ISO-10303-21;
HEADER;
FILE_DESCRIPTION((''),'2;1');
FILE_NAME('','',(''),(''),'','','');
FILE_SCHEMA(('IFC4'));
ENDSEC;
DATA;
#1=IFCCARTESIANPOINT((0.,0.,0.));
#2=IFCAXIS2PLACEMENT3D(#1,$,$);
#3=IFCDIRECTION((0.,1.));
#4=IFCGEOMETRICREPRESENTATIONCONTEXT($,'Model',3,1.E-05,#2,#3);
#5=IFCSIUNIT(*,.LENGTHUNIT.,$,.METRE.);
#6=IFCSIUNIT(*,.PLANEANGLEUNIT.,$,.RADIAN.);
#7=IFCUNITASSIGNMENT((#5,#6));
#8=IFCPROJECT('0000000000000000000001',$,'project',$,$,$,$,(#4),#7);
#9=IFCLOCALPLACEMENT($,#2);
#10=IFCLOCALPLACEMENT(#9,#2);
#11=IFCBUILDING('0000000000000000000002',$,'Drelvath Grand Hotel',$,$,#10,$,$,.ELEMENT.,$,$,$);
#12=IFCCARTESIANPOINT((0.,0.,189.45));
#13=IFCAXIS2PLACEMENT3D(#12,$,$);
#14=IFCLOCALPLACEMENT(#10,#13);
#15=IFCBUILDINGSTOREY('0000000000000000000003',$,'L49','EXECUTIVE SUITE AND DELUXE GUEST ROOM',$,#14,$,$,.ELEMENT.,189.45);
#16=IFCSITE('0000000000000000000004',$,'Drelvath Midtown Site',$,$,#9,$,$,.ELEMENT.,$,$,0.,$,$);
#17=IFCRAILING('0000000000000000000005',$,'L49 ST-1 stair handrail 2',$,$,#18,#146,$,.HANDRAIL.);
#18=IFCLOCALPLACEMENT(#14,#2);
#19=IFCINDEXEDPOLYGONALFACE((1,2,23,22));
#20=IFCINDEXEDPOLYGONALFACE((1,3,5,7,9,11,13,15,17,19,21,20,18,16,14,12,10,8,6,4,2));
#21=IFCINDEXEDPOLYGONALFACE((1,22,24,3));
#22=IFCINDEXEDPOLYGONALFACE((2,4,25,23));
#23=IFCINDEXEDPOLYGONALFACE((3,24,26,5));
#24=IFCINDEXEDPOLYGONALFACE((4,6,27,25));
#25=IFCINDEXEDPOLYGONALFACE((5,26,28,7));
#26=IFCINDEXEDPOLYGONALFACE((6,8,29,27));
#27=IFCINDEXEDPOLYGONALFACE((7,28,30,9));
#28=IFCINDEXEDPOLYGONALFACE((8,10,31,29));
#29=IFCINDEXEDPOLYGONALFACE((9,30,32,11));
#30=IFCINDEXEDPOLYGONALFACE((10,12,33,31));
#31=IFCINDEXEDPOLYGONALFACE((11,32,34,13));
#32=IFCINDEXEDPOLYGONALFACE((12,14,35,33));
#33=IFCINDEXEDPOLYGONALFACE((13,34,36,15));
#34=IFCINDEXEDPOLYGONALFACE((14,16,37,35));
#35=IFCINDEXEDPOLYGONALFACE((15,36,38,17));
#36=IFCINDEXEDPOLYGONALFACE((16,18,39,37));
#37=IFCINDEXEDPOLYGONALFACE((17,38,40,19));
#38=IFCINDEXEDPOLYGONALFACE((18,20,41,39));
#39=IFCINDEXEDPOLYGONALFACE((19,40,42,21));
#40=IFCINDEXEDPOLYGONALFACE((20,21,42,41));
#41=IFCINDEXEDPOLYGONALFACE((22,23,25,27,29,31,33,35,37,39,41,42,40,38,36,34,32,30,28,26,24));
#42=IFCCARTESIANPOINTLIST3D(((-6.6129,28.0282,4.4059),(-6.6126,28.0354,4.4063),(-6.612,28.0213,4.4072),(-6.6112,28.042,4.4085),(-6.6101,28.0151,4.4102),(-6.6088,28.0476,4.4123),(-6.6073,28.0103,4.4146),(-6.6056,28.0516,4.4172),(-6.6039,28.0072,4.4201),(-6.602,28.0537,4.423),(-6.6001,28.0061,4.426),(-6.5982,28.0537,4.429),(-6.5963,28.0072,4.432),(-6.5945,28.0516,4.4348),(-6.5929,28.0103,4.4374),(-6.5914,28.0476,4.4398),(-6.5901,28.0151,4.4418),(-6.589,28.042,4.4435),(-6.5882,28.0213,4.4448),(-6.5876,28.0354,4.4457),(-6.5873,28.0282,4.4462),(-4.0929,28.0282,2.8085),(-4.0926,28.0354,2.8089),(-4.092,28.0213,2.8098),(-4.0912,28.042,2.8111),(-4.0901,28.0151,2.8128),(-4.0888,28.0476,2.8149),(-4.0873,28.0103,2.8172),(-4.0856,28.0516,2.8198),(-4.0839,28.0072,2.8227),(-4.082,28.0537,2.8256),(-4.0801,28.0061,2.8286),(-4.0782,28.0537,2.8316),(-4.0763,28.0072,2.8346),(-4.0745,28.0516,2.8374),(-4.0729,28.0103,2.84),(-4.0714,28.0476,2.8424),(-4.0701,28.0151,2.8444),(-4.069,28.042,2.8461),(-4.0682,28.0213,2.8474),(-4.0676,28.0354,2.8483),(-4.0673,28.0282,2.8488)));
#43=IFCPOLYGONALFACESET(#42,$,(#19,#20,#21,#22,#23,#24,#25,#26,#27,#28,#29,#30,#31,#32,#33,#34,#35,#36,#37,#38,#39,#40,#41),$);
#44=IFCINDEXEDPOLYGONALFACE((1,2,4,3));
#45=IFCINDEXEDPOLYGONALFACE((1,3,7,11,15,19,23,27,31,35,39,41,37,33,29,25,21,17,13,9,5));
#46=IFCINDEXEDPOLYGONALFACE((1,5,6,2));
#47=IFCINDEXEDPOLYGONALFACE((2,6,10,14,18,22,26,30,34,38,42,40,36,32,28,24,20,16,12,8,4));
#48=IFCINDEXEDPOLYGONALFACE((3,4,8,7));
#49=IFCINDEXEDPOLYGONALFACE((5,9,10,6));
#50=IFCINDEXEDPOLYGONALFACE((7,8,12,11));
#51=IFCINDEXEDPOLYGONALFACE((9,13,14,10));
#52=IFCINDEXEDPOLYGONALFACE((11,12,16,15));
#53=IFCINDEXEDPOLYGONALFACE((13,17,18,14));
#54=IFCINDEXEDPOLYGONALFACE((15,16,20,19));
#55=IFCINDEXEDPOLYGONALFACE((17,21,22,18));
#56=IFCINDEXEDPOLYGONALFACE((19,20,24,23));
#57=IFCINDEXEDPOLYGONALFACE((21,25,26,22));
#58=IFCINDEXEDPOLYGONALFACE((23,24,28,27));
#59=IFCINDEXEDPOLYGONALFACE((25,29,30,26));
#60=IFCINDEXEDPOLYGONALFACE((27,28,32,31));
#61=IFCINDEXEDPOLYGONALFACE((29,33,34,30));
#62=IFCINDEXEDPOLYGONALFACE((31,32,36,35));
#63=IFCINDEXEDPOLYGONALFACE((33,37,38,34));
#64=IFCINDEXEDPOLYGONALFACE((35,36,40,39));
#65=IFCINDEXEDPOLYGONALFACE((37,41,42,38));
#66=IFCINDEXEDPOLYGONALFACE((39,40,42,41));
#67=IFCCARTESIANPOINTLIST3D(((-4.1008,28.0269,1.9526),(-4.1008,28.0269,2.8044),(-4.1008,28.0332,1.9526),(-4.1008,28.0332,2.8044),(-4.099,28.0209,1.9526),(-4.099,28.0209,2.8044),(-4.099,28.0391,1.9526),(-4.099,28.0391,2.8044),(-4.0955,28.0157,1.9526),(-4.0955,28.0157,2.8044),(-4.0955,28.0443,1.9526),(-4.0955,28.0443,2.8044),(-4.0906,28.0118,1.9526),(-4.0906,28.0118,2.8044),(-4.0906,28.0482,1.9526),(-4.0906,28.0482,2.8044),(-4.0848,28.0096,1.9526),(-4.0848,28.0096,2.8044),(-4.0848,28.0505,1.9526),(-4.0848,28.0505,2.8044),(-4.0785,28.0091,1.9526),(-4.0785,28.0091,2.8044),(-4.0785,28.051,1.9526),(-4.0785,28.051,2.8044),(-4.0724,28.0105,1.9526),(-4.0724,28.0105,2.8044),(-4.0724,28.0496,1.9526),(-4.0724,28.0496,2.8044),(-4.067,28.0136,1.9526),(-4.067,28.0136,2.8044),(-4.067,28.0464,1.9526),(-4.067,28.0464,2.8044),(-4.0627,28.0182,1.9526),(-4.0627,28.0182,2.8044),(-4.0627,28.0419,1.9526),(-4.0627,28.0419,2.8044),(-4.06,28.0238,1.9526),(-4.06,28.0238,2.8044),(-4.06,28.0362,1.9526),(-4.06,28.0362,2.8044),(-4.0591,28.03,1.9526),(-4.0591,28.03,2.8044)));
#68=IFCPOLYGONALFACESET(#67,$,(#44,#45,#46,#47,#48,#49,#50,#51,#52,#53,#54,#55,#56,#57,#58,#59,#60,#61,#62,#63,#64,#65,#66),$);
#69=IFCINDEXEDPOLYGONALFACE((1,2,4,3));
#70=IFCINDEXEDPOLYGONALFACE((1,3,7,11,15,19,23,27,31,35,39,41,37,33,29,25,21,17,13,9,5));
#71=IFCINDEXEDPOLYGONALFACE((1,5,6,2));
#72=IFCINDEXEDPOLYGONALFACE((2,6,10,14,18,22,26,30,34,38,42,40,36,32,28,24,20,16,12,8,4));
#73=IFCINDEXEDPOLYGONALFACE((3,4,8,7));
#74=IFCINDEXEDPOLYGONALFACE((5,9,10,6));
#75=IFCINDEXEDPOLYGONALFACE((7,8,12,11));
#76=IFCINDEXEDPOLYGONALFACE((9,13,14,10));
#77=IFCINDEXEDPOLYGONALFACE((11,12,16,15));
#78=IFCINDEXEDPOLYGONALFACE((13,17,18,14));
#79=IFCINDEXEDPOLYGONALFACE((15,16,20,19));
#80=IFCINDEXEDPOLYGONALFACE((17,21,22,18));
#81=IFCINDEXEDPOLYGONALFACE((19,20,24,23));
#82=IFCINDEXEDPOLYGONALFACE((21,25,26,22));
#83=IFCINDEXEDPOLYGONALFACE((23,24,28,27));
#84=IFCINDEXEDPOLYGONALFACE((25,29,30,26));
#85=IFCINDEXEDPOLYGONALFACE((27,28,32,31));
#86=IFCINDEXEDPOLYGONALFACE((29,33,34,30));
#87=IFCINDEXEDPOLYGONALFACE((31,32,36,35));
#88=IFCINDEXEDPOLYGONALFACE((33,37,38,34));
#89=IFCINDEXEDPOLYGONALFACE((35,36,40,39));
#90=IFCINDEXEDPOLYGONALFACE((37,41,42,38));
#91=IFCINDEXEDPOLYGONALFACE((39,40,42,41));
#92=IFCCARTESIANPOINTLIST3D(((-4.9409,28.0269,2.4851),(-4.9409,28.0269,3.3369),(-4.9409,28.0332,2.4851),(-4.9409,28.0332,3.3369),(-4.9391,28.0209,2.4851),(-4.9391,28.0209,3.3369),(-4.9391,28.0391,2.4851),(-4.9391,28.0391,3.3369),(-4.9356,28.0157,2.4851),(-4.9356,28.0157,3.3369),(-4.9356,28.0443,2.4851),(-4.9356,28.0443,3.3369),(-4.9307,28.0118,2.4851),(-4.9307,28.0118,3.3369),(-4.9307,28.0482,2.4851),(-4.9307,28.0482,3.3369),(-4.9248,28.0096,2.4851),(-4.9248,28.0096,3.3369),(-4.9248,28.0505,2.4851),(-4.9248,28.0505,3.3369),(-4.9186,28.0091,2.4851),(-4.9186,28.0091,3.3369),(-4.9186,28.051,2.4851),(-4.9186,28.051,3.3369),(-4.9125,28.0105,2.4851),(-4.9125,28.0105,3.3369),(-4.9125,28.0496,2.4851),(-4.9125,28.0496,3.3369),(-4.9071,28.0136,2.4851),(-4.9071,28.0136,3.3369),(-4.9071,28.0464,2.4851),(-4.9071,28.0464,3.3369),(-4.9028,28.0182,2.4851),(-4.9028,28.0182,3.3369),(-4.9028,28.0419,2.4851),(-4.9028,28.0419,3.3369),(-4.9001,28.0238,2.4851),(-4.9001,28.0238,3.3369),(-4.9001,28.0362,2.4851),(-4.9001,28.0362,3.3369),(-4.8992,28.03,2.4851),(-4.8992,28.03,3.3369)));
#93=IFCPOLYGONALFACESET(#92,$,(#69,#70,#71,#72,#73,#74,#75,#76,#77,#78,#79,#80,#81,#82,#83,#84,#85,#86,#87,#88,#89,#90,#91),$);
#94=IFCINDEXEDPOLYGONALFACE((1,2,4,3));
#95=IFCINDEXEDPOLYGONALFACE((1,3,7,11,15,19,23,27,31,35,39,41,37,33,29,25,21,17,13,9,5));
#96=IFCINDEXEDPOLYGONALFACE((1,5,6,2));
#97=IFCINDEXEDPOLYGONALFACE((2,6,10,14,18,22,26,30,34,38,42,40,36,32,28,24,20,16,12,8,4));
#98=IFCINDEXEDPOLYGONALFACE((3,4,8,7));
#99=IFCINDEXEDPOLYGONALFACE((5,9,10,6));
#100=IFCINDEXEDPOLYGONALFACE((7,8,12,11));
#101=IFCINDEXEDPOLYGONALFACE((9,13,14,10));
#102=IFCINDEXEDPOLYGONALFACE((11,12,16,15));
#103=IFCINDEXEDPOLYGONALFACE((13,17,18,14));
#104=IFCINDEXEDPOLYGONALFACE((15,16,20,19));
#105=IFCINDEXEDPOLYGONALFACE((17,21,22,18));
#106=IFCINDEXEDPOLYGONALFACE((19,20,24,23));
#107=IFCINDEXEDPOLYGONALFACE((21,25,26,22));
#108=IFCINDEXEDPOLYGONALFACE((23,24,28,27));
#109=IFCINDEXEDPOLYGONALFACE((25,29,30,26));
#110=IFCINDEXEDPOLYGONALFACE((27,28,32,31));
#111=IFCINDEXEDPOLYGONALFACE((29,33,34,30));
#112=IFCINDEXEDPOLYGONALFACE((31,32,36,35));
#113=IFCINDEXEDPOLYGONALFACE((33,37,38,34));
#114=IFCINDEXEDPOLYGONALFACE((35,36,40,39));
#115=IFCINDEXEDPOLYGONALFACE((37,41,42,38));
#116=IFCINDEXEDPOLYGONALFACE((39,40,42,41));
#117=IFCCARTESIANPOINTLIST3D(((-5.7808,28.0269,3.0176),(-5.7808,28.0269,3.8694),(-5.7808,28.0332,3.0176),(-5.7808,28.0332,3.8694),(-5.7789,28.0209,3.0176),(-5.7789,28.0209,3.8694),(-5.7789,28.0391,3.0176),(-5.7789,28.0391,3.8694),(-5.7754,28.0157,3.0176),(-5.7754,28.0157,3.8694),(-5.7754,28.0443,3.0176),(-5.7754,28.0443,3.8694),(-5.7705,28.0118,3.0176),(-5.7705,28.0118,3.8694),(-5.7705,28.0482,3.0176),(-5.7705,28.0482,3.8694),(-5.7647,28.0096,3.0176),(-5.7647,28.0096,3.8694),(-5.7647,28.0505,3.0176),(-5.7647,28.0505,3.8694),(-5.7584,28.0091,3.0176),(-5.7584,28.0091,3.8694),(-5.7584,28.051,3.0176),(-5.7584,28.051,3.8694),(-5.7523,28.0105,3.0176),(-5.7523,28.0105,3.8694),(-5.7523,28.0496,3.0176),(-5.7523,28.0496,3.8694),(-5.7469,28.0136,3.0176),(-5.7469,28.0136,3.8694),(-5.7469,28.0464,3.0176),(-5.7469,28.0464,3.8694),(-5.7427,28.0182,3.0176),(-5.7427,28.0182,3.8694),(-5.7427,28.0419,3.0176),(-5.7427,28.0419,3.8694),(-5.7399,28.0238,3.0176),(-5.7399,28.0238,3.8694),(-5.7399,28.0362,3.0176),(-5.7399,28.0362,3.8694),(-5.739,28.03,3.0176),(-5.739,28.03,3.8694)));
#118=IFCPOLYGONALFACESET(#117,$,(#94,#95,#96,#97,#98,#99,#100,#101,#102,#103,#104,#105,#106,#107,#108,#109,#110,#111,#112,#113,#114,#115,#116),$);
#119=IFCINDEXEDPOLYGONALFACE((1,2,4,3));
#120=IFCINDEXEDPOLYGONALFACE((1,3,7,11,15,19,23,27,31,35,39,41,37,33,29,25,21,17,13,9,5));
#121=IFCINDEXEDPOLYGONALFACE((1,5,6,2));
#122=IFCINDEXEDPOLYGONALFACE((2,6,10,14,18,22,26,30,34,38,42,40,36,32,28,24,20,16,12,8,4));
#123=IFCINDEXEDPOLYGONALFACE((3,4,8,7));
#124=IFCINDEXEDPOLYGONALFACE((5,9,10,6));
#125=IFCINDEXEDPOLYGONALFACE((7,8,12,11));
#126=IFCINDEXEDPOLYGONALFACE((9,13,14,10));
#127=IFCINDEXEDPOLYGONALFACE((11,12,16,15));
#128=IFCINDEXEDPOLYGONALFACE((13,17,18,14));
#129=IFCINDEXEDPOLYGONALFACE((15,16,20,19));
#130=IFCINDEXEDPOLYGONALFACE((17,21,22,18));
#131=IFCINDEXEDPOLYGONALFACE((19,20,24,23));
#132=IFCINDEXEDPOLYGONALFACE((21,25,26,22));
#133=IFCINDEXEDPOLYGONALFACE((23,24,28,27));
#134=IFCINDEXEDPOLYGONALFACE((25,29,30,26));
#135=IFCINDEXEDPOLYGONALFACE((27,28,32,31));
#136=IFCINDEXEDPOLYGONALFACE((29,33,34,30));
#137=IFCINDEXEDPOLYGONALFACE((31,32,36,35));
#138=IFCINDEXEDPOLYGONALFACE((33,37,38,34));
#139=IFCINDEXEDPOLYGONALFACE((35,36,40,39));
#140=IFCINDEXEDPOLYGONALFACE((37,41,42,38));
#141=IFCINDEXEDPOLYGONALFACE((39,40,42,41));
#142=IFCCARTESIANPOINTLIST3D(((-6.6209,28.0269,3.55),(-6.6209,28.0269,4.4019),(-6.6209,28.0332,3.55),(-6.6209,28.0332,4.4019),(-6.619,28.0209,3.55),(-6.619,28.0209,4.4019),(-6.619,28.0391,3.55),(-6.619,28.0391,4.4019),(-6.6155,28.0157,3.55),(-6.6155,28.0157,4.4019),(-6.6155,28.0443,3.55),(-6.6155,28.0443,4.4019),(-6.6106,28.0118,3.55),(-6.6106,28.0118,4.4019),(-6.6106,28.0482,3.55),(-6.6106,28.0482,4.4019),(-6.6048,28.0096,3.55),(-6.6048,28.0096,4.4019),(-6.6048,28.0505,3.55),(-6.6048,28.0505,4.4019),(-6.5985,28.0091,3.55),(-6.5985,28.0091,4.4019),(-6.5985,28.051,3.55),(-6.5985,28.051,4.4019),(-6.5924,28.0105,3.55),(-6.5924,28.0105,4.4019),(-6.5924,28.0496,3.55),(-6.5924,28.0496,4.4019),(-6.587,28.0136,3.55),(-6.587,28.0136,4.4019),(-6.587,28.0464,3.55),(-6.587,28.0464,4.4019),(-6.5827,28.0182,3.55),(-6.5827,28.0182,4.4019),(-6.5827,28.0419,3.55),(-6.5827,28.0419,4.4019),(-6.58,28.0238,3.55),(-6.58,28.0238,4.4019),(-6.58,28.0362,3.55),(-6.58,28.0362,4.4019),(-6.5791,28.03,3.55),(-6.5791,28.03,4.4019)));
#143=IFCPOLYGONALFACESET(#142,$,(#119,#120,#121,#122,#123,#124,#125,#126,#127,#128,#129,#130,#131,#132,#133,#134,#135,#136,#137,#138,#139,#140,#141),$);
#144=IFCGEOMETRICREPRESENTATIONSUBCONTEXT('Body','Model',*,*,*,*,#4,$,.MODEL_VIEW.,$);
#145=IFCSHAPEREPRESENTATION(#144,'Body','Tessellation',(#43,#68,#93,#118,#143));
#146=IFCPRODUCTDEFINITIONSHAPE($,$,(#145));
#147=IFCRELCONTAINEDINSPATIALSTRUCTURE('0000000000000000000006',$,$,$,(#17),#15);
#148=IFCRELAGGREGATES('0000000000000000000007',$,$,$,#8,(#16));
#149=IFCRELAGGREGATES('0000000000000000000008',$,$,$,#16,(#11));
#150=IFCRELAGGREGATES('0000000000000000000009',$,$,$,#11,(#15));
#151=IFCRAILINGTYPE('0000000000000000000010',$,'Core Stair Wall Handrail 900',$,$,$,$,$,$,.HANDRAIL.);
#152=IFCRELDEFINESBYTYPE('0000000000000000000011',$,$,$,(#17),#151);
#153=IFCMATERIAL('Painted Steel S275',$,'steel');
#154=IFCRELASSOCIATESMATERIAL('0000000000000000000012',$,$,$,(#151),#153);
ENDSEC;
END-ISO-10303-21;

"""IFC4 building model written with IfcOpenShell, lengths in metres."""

from ifc_helpers import new_model, si_unit, direction, frame, origin, origin_2d, place, context, subcontext, project, spatial, circle, extrude, material, type_object, element, save


model = new_model("IFC4")

# Units and contexts
model_context = context("Model", 3, precision=1e-05, world=origin(), true_north=direction((0.0, 1.0)))
body_context = subcontext(model_context, "Body", "Model", "MODEL_VIEW")
ifc_project = project(units=[si_unit("LENGTHUNIT", "METRE"), si_unit("PLANEANGLEUNIT", "RADIAN")], contexts=[model_context])

# Site, building, storey
site_placement = place(None, origin())
site = spatial("IfcSite", under=ifc_project, at=site_placement, Name="Drelvath Midtown Site", CompositionType="ELEMENT", RefElevation=0.0)
building_placement = place(site_placement, origin())
building = spatial("IfcBuilding", under=site, at=building_placement, Name="Drelvath Grand Hotel", CompositionType="ELEMENT")
storey_placement = place(building_placement, frame((0.0, 0.0, 189.45)))
storey = spatial("IfcBuildingStorey", under=building, at=storey_placement, Name="L49", Description="EXECUTIVE SUITE AND DELUXE GUEST ROOM", CompositionType="ELEMENT", Elevation=189.45)

# Shared definitions
ifc_material_1 = material(Name="Painted Steel S275", Category="steel")

# Railing
railing_type = type_object("IfcRailingType", Name="Core Stair Wall Handrail 900", PredefinedType="HANDRAIL", material=ifc_material_1)
railing_placement = place(storey_placement, frame((-4.0801, 28.03, 1.9526)))
element("IfcRailing", 1, at=railing_placement, inside=storey, type_object=railing_type, Name="L49 ST-1 stair handrail 2", PredefinedType="HANDRAIL", context=body_context, shape_type="SweptSolid", body=[
    extrude(circle(Radius=0.0239, at=origin_2d()), frame((0.0, 0.0, 0.876), z_axis=(-0.844607, 0.0, 0.535387), x_axis=(0.0, -1.0, 0.0)), (0.0, 0.0, 1.0), 2.9836),
    extrude(circle(Radius=0.021, at=origin_2d()), origin(), (0.0, 0.0, 1.0), 0.8518),
    extrude(circle(Radius=0.021, at=origin_2d()), frame((-0.8401, 0.0, 0.5325)), (0.0, 0.0, 1.0), 0.8518),
    extrude(circle(Radius=0.021, at=origin_2d()), frame((-1.6799, 0.0, 1.0649)), (0.0, 0.0, 1.0), 0.8518),
    extrude(circle(Radius=0.021, at=origin_2d()), frame((-2.52, 0.0, 1.5974)), (0.0, 0.0, 1.0), 0.8518),
])

save(model, "model.ifc")
